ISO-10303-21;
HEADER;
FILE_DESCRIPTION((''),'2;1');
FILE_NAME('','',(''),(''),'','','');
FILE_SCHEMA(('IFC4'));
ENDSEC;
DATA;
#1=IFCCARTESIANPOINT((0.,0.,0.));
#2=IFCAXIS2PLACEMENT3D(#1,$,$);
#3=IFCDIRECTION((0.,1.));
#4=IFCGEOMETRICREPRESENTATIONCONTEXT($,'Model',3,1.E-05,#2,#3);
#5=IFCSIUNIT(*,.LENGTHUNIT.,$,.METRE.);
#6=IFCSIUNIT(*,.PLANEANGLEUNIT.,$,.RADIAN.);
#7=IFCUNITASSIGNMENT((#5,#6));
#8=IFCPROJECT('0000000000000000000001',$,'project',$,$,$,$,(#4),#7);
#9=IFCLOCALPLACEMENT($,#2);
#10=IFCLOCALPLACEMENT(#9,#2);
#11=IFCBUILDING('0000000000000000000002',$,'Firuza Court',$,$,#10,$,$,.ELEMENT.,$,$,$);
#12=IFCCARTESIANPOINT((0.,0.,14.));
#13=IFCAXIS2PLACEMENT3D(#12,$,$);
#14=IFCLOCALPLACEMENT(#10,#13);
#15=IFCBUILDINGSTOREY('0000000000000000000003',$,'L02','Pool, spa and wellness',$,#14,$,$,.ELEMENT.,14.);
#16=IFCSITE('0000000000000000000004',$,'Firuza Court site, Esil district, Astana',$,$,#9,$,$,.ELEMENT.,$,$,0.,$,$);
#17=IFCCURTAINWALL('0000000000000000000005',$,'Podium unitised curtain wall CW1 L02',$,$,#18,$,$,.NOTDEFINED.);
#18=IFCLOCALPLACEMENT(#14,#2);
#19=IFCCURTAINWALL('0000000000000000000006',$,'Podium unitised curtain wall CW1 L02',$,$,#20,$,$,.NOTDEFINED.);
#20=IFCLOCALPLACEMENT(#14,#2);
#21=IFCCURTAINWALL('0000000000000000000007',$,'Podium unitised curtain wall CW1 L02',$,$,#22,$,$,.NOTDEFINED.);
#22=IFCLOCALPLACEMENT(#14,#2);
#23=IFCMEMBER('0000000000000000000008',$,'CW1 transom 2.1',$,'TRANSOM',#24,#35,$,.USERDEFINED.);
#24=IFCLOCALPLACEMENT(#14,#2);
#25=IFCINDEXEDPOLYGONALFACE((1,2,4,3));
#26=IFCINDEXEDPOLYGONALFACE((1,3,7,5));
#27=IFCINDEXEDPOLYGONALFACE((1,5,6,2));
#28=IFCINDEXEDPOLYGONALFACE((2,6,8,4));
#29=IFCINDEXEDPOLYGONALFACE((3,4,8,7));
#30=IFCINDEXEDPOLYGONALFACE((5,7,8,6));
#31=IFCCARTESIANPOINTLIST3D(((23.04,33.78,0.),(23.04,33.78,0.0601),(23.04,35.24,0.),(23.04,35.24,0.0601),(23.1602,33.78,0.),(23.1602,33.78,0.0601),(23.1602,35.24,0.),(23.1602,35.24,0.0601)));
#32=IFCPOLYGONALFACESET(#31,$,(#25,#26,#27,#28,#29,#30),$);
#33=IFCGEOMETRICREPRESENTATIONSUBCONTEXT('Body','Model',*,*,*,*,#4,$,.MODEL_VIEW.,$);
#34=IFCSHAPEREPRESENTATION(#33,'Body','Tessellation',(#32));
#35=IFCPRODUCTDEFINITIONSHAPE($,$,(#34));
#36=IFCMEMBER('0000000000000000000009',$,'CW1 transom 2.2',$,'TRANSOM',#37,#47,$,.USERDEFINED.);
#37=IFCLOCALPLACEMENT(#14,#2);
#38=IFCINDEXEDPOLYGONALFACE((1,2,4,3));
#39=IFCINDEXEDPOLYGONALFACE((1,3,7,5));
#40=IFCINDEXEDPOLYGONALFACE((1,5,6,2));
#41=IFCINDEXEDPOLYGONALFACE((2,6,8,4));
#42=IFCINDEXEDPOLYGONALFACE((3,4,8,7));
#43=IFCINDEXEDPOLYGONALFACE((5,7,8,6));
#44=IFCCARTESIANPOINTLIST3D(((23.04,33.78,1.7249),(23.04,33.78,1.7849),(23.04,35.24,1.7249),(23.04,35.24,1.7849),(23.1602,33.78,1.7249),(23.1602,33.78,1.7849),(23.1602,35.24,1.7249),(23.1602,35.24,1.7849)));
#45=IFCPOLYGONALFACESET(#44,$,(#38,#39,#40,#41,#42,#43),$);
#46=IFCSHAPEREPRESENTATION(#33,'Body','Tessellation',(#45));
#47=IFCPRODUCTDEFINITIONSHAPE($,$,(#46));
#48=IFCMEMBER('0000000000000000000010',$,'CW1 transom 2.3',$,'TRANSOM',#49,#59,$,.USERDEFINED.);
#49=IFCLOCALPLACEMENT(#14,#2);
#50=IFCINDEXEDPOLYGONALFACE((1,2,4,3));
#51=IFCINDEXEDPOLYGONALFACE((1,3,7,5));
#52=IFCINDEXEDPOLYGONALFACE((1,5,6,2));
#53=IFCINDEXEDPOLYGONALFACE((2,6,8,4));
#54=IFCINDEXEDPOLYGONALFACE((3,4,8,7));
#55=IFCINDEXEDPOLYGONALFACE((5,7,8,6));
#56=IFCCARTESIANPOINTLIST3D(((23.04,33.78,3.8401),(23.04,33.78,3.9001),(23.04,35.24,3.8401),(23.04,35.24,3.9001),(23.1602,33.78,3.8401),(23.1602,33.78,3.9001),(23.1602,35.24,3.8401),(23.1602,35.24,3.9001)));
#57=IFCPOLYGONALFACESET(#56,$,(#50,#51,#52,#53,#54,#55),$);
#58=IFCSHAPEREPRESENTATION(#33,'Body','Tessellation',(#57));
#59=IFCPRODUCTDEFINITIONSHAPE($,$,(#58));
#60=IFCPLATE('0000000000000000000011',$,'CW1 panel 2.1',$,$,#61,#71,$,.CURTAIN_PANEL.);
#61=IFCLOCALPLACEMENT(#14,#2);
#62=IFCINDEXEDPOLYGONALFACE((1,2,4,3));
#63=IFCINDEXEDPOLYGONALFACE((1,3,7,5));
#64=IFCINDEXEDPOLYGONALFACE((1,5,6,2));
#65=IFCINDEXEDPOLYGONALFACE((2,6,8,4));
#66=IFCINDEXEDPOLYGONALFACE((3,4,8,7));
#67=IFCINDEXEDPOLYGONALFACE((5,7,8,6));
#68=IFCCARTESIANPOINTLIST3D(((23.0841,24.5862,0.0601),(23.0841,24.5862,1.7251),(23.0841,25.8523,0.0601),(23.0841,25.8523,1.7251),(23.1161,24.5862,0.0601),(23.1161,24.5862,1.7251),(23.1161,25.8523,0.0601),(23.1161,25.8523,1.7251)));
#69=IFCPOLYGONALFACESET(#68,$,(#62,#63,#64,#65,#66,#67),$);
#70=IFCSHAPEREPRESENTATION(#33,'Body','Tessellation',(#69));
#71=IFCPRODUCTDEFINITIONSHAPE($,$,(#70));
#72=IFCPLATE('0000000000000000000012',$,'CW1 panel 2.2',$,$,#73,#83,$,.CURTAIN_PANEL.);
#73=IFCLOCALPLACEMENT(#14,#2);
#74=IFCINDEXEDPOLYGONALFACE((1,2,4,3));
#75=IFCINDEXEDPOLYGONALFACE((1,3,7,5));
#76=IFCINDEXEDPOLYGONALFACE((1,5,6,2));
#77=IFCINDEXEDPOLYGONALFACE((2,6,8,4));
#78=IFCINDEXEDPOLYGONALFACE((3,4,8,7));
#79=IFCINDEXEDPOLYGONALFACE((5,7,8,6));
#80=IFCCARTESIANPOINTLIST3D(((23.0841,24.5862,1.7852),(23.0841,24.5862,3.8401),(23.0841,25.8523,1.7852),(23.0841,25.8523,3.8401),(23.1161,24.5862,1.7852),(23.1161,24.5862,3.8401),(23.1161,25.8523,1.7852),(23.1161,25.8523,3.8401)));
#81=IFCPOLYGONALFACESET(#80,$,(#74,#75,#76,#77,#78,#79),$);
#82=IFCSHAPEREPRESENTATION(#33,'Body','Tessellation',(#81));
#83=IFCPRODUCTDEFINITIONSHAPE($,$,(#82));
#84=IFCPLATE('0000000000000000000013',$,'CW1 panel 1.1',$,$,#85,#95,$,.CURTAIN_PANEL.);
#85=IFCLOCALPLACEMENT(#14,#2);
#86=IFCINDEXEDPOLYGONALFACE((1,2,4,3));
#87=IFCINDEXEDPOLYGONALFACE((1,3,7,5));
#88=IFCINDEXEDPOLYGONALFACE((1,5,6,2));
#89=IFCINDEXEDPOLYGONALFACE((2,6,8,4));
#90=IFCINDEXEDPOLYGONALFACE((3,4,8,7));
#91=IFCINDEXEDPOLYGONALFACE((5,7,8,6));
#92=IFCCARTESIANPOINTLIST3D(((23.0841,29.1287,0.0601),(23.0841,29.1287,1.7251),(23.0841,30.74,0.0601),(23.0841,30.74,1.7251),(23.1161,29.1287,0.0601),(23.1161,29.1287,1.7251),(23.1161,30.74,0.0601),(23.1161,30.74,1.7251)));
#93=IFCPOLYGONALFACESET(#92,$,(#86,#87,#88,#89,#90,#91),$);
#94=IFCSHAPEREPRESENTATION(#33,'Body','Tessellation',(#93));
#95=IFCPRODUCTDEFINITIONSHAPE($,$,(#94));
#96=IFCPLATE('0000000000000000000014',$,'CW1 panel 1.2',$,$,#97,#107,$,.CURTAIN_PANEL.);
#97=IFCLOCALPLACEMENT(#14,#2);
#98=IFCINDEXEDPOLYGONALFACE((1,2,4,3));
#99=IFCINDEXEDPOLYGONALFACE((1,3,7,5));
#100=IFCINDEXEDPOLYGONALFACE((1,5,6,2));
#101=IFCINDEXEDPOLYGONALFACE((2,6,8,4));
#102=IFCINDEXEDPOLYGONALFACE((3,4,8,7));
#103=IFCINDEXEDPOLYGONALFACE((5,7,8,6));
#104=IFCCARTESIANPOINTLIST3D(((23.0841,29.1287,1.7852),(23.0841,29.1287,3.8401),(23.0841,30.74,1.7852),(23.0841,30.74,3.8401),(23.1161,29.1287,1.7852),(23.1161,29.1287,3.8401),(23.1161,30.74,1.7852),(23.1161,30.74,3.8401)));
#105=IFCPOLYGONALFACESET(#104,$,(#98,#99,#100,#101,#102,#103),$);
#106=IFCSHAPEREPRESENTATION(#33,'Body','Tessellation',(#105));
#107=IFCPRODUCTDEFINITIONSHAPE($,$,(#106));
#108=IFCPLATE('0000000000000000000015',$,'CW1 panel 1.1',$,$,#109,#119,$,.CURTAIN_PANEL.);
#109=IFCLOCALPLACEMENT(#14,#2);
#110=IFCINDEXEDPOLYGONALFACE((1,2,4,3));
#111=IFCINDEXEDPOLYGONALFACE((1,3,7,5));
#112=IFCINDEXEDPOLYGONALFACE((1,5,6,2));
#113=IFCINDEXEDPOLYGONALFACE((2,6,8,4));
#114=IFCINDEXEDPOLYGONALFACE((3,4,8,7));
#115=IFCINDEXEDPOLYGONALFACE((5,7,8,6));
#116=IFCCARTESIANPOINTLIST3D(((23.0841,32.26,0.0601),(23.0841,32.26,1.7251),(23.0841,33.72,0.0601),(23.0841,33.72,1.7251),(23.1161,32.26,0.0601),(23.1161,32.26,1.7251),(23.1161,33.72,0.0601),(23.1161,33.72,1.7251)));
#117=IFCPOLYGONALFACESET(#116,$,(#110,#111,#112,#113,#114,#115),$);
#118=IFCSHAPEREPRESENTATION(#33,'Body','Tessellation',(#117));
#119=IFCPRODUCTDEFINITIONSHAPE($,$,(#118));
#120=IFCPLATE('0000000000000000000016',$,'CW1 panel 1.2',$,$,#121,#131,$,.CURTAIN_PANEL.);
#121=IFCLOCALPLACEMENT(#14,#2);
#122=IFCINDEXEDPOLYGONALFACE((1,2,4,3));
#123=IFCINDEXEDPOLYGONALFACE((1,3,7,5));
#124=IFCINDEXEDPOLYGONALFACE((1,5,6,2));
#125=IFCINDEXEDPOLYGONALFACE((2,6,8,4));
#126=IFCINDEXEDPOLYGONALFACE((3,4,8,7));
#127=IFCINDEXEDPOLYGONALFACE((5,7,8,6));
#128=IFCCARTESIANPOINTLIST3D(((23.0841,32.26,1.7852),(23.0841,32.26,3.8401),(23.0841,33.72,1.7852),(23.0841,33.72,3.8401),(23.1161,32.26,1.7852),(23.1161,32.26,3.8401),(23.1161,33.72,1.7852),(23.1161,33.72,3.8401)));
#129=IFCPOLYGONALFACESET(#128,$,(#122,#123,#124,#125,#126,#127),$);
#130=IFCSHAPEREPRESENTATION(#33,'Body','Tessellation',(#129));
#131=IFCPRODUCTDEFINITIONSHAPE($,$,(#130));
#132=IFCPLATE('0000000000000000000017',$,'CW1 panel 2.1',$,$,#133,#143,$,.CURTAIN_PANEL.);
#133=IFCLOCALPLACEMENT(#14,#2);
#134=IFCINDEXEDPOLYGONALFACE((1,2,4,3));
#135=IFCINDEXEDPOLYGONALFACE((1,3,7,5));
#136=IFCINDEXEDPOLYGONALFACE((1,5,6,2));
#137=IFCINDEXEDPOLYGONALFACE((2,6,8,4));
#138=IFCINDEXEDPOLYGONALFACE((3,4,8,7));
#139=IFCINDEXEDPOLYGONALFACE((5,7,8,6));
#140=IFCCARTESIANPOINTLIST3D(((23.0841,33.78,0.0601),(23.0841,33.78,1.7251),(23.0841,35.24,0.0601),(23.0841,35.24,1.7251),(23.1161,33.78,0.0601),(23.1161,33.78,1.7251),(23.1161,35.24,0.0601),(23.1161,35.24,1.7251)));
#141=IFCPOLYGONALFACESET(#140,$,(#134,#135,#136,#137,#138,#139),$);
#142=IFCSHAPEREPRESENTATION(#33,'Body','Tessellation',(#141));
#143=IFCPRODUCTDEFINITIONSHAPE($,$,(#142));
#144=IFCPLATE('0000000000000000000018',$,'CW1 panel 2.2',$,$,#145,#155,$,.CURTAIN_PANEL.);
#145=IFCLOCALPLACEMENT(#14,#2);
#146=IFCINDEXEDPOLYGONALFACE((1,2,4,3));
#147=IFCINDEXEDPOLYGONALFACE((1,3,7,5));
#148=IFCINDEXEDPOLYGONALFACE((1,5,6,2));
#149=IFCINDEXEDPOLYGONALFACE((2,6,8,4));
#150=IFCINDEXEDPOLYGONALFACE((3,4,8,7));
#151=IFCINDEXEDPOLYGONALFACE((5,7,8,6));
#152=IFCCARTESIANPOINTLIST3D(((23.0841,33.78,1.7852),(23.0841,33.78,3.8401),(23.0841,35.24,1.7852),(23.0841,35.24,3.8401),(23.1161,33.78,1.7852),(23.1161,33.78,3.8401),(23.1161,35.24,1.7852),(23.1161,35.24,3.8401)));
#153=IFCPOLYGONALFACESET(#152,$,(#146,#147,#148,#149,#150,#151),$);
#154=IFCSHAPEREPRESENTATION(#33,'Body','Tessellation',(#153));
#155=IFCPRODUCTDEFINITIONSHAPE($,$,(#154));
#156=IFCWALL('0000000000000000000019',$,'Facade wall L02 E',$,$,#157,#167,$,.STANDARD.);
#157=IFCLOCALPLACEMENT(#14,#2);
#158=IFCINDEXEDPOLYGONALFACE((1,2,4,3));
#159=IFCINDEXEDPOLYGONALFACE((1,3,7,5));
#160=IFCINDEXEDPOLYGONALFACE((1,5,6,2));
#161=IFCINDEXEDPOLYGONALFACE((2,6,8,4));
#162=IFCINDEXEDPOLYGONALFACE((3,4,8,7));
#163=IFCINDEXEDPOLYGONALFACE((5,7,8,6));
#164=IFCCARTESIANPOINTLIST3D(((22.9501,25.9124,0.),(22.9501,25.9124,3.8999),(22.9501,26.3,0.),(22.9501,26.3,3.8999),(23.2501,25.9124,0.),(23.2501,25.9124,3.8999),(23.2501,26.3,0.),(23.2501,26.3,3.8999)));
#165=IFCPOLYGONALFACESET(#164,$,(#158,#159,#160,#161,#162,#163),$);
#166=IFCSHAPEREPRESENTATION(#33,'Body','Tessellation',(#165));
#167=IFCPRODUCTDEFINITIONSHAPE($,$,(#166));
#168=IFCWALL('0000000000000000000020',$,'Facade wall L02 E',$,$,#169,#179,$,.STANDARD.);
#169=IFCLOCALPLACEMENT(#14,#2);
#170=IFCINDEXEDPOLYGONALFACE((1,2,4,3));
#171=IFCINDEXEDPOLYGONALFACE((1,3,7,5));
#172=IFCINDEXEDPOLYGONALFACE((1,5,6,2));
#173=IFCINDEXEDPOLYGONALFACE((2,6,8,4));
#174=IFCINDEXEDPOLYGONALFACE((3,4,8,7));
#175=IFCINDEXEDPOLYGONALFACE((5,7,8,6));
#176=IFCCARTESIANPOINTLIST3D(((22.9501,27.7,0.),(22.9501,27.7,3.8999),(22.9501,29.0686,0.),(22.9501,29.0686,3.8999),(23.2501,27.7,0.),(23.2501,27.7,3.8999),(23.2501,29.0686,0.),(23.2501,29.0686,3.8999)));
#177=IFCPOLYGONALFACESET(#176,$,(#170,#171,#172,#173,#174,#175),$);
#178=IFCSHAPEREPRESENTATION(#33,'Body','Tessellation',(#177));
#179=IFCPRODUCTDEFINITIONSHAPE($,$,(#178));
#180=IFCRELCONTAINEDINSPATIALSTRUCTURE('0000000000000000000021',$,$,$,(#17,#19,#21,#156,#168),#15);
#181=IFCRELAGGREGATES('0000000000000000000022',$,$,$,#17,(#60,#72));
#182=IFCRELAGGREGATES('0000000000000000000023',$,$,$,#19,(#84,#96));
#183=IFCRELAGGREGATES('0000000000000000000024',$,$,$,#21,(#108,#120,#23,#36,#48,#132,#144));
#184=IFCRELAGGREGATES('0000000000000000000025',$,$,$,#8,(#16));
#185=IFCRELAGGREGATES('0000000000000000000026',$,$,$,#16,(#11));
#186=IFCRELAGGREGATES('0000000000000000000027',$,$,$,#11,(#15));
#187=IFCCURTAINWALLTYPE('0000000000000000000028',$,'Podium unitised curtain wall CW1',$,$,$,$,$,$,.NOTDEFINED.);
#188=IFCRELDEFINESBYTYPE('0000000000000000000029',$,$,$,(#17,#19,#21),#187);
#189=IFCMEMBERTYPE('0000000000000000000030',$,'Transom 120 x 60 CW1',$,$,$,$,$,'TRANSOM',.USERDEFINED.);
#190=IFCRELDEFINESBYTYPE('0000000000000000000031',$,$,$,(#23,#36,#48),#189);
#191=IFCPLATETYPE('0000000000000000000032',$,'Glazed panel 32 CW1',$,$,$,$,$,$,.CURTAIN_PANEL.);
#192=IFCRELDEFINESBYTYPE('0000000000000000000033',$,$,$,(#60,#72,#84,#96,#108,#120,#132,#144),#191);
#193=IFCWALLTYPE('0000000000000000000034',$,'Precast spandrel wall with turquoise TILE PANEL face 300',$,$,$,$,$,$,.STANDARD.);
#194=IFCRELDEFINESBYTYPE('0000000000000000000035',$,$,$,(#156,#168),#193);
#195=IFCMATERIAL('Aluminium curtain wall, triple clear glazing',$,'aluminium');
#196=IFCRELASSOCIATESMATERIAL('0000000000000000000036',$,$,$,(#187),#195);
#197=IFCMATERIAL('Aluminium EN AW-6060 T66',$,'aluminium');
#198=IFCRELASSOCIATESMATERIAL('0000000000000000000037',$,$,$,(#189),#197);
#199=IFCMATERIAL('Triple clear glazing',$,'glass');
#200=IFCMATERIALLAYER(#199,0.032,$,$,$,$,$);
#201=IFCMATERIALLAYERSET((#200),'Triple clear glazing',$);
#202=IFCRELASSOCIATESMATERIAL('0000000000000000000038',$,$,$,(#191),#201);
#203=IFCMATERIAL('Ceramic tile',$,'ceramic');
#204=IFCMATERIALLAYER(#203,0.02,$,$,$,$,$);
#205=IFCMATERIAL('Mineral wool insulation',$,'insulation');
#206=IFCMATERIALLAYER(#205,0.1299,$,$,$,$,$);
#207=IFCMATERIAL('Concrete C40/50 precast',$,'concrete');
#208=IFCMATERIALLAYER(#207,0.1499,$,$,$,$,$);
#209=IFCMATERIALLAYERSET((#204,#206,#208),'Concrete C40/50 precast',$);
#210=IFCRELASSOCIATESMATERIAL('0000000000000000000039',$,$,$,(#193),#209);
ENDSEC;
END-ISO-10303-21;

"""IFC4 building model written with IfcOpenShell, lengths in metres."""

from ifc_helpers import new_model, si_unit, direction, frame, frame_2d, origin, origin_2d, place, context, subcontext, project, spatial, rectangle, extrude, material, layer, layer_set, material_profile, profile_set, type_object, element, aggregate, save


model = new_model("IFC4")

# Units and contexts
model_context = context("Model", 3, precision=1e-05, world=origin(), true_north=direction((0.0, 1.0)))
body_context = subcontext(model_context, "Body", "Model", "MODEL_VIEW")
ifc_project = project(units=[si_unit("LENGTHUNIT", "METRE"), si_unit("PLANEANGLEUNIT", "RADIAN")], contexts=[model_context])

# Site, building, storey
site_placement = place(None, origin())
site = spatial("IfcSite", under=ifc_project, at=site_placement, Name="Firuza Court site, Esil district, Astana", CompositionType="ELEMENT", RefElevation=0.0)
building_placement = place(site_placement, origin())
building = spatial("IfcBuilding", under=site, at=building_placement, Name="Firuza Court", CompositionType="ELEMENT")
storey_placement = place(building_placement, frame((0.0, 0.0, 14.0)))
storey = spatial("IfcBuildingStorey", under=building, at=storey_placement, Name="L02", Description="Pool, spa and wellness", CompositionType="ELEMENT", Elevation=14.0)

# Curtain walls
ifc_material_1 = material(Name="Aluminium curtain wall, triple clear glazing", Category="aluminium")
curtain_wall_type = type_object("IfcCurtainWallType", Name="Podium unitised curtain wall CW1", PredefinedType="NOTDEFINED", material=ifc_material_1)
curtain_wall_1_placement = place(storey_placement, origin())
curtain_wall_1 = element("IfcCurtainWall", 1, at=curtain_wall_1_placement, inside=storey, type_object=curtain_wall_type, Name="Podium unitised curtain wall CW1 L02", PredefinedType="NOTDEFINED")
curtain_wall_2_placement = place(storey_placement, origin())
curtain_wall_2 = element("IfcCurtainWall", 2, at=curtain_wall_2_placement, inside=storey, type_object=curtain_wall_type, Name="Podium unitised curtain wall CW1 L02", PredefinedType="NOTDEFINED")
curtain_wall_3_placement = place(storey_placement, origin())
curtain_wall_3 = element("IfcCurtainWall", 3, at=curtain_wall_3_placement, inside=storey, type_object=curtain_wall_type, Name="Podium unitised curtain wall CW1 L02", PredefinedType="NOTDEFINED")

# Members
ifc_material_2 = material(Name="Aluminium EN AW-6060 T66", Category="aluminium")
ifc_material_profile_1 = material_profile(ifc_material_2, rectangle(XDim=0.1201, YDim=0.0601, at=origin_2d()), Name="Transom 120 x 60 CW1")
ifc_profile_set_1 = profile_set([ifc_material_profile_1], Name="Aluminium EN AW-6060 T66")
member_type_1 = type_object("IfcMemberType", Name="Transom 120 x 60 CW1", ElementType="TRANSOM", PredefinedType="USERDEFINED", material=ifc_profile_set_1)
member_1_placement = place(storey_placement, frame((23.1001, 33.78, 0.03), z_axis=(0.0, 1.0, 0.0), x_axis=(-1.0, 0.0, 0.0)))
member_1 = element("IfcMember", 4, at=member_1_placement, type_object=member_type_1, Name="CW1 transom 2.1", ObjectType="TRANSOM", PredefinedType="USERDEFINED", context=body_context, shape_type="SweptSolid", body=[
    extrude(rectangle(XDim=0.1201, YDim=0.0601, at=origin_2d()), origin(), (0.0, 0.0, 1.0), 1.46),
])
member_2_placement = place(storey_placement, frame((23.1001, 33.78, 1.7549), z_axis=(0.0, 1.0, 0.0), x_axis=(-1.0, 0.0, 0.0)))
member_2 = element("IfcMember", 5, at=member_2_placement, type_object=member_type_1, Name="CW1 transom 2.2", ObjectType="TRANSOM", PredefinedType="USERDEFINED", context=body_context, shape_type="SweptSolid", body=[
    extrude(rectangle(XDim=0.1201, YDim=0.0601, at=origin_2d()), origin(), (0.0, 0.0, 1.0), 1.46),
])
member_3_placement = place(storey_placement, frame((23.1001, 33.78, 3.8701), z_axis=(0.0, 1.0, 0.0), x_axis=(-1.0, 0.0, 0.0)))
member_3 = element("IfcMember", 6, at=member_3_placement, type_object=member_type_1, Name="CW1 transom 2.3", ObjectType="TRANSOM", PredefinedType="USERDEFINED", context=body_context, shape_type="SweptSolid", body=[
    extrude(rectangle(XDim=0.1201, YDim=0.0601, at=origin_2d()), origin(), (0.0, 0.0, 1.0), 1.46),
])

# Plates
ifc_material_3 = material(Name="Triple clear glazing", Category="glass")
ifc_layer_1 = layer(ifc_material_3, 0.032)
ifc_layer_set_1 = layer_set([ifc_layer_1], Name="Triple clear glazing")
plate_type = type_object("IfcPlateType", Name="Glazed panel 32 CW1", PredefinedType="CURTAIN_PANEL", material=ifc_layer_set_1)
plate_1_placement = place(storey_placement, frame((23.1001, 25.2192, 0.0601), z_axis=(0.0, 0.0, 1.0), x_axis=(0.0, 1.0, 0.0)))
plate_1 = element("IfcPlate", 7, at=plate_1_placement, type_object=plate_type, Name="CW1 panel 2.1", PredefinedType="CURTAIN_PANEL", context=body_context, shape_type="SweptSolid", body=[
    extrude(rectangle(XDim=1.2661, YDim=0.032, at=origin_2d()), origin(), (0.0, 0.0, 1.0), 1.665),
])
plate_2_placement = place(storey_placement, frame((23.1001, 25.2192, 1.7852), z_axis=(0.0, 0.0, 1.0), x_axis=(0.0, 1.0, 0.0)))
plate_2 = element("IfcPlate", 8, at=plate_2_placement, type_object=plate_type, Name="CW1 panel 2.2", PredefinedType="CURTAIN_PANEL", context=body_context, shape_type="SweptSolid", body=[
    extrude(rectangle(XDim=1.2661, YDim=0.032, at=origin_2d()), origin(), (0.0, 0.0, 1.0), 2.0549),
])
aggregate(curtain_wall_1, [plate_1, plate_2])
plate_3_placement = place(storey_placement, frame((23.1001, 29.9343, 0.0601), z_axis=(0.0, 0.0, 1.0), x_axis=(0.0, 1.0, 0.0)))
plate_3 = element("IfcPlate", 9, at=plate_3_placement, type_object=plate_type, Name="CW1 panel 1.1", PredefinedType="CURTAIN_PANEL", context=body_context, shape_type="SweptSolid", body=[
    extrude(rectangle(XDim=1.6113, YDim=0.032, at=origin_2d()), origin(), (0.0, 0.0, 1.0), 1.665),
])
plate_4_placement = place(storey_placement, frame((23.1001, 29.9343, 1.7852), z_axis=(0.0, 0.0, 1.0), x_axis=(0.0, 1.0, 0.0)))
plate_4 = element("IfcPlate", 10, at=plate_4_placement, type_object=plate_type, Name="CW1 panel 1.2", PredefinedType="CURTAIN_PANEL", context=body_context, shape_type="SweptSolid", body=[
    extrude(rectangle(XDim=1.6113, YDim=0.032, at=origin_2d()), origin(), (0.0, 0.0, 1.0), 2.0549),
])
aggregate(curtain_wall_2, [plate_3, plate_4])
plate_5_placement = place(storey_placement, frame((23.1001, 32.99, 0.0601), z_axis=(0.0, 0.0, 1.0), x_axis=(0.0, 1.0, 0.0)))
plate_5 = element("IfcPlate", 11, at=plate_5_placement, type_object=plate_type, Name="CW1 panel 1.1", PredefinedType="CURTAIN_PANEL", context=body_context, shape_type="SweptSolid", body=[
    extrude(rectangle(XDim=1.46, YDim=0.032, at=origin_2d()), origin(), (0.0, 0.0, 1.0), 1.665),
])
plate_6_placement = place(storey_placement, frame((23.1001, 32.99, 1.7852), z_axis=(0.0, 0.0, 1.0), x_axis=(0.0, 1.0, 0.0)))
plate_6 = element("IfcPlate", 12, at=plate_6_placement, type_object=plate_type, Name="CW1 panel 1.2", PredefinedType="CURTAIN_PANEL", context=body_context, shape_type="SweptSolid", body=[
    extrude(rectangle(XDim=1.46, YDim=0.032, at=origin_2d()), origin(), (0.0, 0.0, 1.0), 2.0549),
])
plate_7_placement = place(storey_placement, frame((23.1001, 34.51, 0.0601), z_axis=(0.0, 0.0, 1.0), x_axis=(0.0, 1.0, 0.0)))
plate_7 = element("IfcPlate", 13, at=plate_7_placement, type_object=plate_type, Name="CW1 panel 2.1", PredefinedType="CURTAIN_PANEL", context=body_context, shape_type="SweptSolid", body=[
    extrude(rectangle(XDim=1.46, YDim=0.032, at=origin_2d()), origin(), (0.0, 0.0, 1.0), 1.665),
])
plate_8_placement = place(storey_placement, frame((23.1001, 34.51, 1.7852), z_axis=(0.0, 0.0, 1.0), x_axis=(0.0, 1.0, 0.0)))
plate_8 = element("IfcPlate", 14, at=plate_8_placement, type_object=plate_type, Name="CW1 panel 2.2", PredefinedType="CURTAIN_PANEL", context=body_context, shape_type="SweptSolid", body=[
    extrude(rectangle(XDim=1.46, YDim=0.032, at=origin_2d()), origin(), (0.0, 0.0, 1.0), 2.0549),
])
aggregate(curtain_wall_3, [plate_5, plate_6, member_1, member_2, member_3, plate_7, plate_8])

# Walls
ifc_material_4 = material(Name="Ceramic tile", Category="ceramic")
ifc_layer_2 = layer(ifc_material_4, 0.02)
ifc_material_5 = material(Name="Mineral wool insulation", Category="insulation")
ifc_layer_3 = layer(ifc_material_5, 0.1299)
ifc_material_6 = material(Name="Concrete C40/50 precast", Category="concrete")
ifc_layer_4 = layer(ifc_material_6, 0.1499)
ifc_layer_set_2 = layer_set([ifc_layer_2, ifc_layer_3, ifc_layer_4], Name="Concrete C40/50 precast")
wall_type = type_object("IfcWallType", Name="Precast spandrel wall with turquoise TILE PANEL face 300", PredefinedType="STANDARD", material=ifc_layer_set_2)
wall_1_placement = place(storey_placement, frame((23.1001, 25.9124, 0.0), z_axis=(0.0, 0.0, 1.0), x_axis=(0.0, 1.0, 0.0)))
element("IfcWall", 15, at=wall_1_placement, inside=storey, type_object=wall_type, Name="Facade wall L02 E", PredefinedType="STANDARD", context=body_context, shape_type="SweptSolid", body=[
    extrude(rectangle(XDim=0.3877, YDim=0.3, at=frame_2d((0.1938, 0.0))), origin(), (0.0, 0.0, 1.0), 3.8999),
])
wall_2_placement = place(storey_placement, frame((23.1001, 27.7, 0.0), z_axis=(0.0, 0.0, 1.0), x_axis=(0.0, 1.0, 0.0)))
element("IfcWall", 16, at=wall_2_placement, inside=storey, type_object=wall_type, Name="Facade wall L02 E", PredefinedType="STANDARD", context=body_context, shape_type="SweptSolid", body=[
    extrude(rectangle(XDim=1.3687, YDim=0.3, at=frame_2d((0.6843, 0.0))), origin(), (0.0, 0.0, 1.0), 3.8999),
])

save(model, "model.ifc")
